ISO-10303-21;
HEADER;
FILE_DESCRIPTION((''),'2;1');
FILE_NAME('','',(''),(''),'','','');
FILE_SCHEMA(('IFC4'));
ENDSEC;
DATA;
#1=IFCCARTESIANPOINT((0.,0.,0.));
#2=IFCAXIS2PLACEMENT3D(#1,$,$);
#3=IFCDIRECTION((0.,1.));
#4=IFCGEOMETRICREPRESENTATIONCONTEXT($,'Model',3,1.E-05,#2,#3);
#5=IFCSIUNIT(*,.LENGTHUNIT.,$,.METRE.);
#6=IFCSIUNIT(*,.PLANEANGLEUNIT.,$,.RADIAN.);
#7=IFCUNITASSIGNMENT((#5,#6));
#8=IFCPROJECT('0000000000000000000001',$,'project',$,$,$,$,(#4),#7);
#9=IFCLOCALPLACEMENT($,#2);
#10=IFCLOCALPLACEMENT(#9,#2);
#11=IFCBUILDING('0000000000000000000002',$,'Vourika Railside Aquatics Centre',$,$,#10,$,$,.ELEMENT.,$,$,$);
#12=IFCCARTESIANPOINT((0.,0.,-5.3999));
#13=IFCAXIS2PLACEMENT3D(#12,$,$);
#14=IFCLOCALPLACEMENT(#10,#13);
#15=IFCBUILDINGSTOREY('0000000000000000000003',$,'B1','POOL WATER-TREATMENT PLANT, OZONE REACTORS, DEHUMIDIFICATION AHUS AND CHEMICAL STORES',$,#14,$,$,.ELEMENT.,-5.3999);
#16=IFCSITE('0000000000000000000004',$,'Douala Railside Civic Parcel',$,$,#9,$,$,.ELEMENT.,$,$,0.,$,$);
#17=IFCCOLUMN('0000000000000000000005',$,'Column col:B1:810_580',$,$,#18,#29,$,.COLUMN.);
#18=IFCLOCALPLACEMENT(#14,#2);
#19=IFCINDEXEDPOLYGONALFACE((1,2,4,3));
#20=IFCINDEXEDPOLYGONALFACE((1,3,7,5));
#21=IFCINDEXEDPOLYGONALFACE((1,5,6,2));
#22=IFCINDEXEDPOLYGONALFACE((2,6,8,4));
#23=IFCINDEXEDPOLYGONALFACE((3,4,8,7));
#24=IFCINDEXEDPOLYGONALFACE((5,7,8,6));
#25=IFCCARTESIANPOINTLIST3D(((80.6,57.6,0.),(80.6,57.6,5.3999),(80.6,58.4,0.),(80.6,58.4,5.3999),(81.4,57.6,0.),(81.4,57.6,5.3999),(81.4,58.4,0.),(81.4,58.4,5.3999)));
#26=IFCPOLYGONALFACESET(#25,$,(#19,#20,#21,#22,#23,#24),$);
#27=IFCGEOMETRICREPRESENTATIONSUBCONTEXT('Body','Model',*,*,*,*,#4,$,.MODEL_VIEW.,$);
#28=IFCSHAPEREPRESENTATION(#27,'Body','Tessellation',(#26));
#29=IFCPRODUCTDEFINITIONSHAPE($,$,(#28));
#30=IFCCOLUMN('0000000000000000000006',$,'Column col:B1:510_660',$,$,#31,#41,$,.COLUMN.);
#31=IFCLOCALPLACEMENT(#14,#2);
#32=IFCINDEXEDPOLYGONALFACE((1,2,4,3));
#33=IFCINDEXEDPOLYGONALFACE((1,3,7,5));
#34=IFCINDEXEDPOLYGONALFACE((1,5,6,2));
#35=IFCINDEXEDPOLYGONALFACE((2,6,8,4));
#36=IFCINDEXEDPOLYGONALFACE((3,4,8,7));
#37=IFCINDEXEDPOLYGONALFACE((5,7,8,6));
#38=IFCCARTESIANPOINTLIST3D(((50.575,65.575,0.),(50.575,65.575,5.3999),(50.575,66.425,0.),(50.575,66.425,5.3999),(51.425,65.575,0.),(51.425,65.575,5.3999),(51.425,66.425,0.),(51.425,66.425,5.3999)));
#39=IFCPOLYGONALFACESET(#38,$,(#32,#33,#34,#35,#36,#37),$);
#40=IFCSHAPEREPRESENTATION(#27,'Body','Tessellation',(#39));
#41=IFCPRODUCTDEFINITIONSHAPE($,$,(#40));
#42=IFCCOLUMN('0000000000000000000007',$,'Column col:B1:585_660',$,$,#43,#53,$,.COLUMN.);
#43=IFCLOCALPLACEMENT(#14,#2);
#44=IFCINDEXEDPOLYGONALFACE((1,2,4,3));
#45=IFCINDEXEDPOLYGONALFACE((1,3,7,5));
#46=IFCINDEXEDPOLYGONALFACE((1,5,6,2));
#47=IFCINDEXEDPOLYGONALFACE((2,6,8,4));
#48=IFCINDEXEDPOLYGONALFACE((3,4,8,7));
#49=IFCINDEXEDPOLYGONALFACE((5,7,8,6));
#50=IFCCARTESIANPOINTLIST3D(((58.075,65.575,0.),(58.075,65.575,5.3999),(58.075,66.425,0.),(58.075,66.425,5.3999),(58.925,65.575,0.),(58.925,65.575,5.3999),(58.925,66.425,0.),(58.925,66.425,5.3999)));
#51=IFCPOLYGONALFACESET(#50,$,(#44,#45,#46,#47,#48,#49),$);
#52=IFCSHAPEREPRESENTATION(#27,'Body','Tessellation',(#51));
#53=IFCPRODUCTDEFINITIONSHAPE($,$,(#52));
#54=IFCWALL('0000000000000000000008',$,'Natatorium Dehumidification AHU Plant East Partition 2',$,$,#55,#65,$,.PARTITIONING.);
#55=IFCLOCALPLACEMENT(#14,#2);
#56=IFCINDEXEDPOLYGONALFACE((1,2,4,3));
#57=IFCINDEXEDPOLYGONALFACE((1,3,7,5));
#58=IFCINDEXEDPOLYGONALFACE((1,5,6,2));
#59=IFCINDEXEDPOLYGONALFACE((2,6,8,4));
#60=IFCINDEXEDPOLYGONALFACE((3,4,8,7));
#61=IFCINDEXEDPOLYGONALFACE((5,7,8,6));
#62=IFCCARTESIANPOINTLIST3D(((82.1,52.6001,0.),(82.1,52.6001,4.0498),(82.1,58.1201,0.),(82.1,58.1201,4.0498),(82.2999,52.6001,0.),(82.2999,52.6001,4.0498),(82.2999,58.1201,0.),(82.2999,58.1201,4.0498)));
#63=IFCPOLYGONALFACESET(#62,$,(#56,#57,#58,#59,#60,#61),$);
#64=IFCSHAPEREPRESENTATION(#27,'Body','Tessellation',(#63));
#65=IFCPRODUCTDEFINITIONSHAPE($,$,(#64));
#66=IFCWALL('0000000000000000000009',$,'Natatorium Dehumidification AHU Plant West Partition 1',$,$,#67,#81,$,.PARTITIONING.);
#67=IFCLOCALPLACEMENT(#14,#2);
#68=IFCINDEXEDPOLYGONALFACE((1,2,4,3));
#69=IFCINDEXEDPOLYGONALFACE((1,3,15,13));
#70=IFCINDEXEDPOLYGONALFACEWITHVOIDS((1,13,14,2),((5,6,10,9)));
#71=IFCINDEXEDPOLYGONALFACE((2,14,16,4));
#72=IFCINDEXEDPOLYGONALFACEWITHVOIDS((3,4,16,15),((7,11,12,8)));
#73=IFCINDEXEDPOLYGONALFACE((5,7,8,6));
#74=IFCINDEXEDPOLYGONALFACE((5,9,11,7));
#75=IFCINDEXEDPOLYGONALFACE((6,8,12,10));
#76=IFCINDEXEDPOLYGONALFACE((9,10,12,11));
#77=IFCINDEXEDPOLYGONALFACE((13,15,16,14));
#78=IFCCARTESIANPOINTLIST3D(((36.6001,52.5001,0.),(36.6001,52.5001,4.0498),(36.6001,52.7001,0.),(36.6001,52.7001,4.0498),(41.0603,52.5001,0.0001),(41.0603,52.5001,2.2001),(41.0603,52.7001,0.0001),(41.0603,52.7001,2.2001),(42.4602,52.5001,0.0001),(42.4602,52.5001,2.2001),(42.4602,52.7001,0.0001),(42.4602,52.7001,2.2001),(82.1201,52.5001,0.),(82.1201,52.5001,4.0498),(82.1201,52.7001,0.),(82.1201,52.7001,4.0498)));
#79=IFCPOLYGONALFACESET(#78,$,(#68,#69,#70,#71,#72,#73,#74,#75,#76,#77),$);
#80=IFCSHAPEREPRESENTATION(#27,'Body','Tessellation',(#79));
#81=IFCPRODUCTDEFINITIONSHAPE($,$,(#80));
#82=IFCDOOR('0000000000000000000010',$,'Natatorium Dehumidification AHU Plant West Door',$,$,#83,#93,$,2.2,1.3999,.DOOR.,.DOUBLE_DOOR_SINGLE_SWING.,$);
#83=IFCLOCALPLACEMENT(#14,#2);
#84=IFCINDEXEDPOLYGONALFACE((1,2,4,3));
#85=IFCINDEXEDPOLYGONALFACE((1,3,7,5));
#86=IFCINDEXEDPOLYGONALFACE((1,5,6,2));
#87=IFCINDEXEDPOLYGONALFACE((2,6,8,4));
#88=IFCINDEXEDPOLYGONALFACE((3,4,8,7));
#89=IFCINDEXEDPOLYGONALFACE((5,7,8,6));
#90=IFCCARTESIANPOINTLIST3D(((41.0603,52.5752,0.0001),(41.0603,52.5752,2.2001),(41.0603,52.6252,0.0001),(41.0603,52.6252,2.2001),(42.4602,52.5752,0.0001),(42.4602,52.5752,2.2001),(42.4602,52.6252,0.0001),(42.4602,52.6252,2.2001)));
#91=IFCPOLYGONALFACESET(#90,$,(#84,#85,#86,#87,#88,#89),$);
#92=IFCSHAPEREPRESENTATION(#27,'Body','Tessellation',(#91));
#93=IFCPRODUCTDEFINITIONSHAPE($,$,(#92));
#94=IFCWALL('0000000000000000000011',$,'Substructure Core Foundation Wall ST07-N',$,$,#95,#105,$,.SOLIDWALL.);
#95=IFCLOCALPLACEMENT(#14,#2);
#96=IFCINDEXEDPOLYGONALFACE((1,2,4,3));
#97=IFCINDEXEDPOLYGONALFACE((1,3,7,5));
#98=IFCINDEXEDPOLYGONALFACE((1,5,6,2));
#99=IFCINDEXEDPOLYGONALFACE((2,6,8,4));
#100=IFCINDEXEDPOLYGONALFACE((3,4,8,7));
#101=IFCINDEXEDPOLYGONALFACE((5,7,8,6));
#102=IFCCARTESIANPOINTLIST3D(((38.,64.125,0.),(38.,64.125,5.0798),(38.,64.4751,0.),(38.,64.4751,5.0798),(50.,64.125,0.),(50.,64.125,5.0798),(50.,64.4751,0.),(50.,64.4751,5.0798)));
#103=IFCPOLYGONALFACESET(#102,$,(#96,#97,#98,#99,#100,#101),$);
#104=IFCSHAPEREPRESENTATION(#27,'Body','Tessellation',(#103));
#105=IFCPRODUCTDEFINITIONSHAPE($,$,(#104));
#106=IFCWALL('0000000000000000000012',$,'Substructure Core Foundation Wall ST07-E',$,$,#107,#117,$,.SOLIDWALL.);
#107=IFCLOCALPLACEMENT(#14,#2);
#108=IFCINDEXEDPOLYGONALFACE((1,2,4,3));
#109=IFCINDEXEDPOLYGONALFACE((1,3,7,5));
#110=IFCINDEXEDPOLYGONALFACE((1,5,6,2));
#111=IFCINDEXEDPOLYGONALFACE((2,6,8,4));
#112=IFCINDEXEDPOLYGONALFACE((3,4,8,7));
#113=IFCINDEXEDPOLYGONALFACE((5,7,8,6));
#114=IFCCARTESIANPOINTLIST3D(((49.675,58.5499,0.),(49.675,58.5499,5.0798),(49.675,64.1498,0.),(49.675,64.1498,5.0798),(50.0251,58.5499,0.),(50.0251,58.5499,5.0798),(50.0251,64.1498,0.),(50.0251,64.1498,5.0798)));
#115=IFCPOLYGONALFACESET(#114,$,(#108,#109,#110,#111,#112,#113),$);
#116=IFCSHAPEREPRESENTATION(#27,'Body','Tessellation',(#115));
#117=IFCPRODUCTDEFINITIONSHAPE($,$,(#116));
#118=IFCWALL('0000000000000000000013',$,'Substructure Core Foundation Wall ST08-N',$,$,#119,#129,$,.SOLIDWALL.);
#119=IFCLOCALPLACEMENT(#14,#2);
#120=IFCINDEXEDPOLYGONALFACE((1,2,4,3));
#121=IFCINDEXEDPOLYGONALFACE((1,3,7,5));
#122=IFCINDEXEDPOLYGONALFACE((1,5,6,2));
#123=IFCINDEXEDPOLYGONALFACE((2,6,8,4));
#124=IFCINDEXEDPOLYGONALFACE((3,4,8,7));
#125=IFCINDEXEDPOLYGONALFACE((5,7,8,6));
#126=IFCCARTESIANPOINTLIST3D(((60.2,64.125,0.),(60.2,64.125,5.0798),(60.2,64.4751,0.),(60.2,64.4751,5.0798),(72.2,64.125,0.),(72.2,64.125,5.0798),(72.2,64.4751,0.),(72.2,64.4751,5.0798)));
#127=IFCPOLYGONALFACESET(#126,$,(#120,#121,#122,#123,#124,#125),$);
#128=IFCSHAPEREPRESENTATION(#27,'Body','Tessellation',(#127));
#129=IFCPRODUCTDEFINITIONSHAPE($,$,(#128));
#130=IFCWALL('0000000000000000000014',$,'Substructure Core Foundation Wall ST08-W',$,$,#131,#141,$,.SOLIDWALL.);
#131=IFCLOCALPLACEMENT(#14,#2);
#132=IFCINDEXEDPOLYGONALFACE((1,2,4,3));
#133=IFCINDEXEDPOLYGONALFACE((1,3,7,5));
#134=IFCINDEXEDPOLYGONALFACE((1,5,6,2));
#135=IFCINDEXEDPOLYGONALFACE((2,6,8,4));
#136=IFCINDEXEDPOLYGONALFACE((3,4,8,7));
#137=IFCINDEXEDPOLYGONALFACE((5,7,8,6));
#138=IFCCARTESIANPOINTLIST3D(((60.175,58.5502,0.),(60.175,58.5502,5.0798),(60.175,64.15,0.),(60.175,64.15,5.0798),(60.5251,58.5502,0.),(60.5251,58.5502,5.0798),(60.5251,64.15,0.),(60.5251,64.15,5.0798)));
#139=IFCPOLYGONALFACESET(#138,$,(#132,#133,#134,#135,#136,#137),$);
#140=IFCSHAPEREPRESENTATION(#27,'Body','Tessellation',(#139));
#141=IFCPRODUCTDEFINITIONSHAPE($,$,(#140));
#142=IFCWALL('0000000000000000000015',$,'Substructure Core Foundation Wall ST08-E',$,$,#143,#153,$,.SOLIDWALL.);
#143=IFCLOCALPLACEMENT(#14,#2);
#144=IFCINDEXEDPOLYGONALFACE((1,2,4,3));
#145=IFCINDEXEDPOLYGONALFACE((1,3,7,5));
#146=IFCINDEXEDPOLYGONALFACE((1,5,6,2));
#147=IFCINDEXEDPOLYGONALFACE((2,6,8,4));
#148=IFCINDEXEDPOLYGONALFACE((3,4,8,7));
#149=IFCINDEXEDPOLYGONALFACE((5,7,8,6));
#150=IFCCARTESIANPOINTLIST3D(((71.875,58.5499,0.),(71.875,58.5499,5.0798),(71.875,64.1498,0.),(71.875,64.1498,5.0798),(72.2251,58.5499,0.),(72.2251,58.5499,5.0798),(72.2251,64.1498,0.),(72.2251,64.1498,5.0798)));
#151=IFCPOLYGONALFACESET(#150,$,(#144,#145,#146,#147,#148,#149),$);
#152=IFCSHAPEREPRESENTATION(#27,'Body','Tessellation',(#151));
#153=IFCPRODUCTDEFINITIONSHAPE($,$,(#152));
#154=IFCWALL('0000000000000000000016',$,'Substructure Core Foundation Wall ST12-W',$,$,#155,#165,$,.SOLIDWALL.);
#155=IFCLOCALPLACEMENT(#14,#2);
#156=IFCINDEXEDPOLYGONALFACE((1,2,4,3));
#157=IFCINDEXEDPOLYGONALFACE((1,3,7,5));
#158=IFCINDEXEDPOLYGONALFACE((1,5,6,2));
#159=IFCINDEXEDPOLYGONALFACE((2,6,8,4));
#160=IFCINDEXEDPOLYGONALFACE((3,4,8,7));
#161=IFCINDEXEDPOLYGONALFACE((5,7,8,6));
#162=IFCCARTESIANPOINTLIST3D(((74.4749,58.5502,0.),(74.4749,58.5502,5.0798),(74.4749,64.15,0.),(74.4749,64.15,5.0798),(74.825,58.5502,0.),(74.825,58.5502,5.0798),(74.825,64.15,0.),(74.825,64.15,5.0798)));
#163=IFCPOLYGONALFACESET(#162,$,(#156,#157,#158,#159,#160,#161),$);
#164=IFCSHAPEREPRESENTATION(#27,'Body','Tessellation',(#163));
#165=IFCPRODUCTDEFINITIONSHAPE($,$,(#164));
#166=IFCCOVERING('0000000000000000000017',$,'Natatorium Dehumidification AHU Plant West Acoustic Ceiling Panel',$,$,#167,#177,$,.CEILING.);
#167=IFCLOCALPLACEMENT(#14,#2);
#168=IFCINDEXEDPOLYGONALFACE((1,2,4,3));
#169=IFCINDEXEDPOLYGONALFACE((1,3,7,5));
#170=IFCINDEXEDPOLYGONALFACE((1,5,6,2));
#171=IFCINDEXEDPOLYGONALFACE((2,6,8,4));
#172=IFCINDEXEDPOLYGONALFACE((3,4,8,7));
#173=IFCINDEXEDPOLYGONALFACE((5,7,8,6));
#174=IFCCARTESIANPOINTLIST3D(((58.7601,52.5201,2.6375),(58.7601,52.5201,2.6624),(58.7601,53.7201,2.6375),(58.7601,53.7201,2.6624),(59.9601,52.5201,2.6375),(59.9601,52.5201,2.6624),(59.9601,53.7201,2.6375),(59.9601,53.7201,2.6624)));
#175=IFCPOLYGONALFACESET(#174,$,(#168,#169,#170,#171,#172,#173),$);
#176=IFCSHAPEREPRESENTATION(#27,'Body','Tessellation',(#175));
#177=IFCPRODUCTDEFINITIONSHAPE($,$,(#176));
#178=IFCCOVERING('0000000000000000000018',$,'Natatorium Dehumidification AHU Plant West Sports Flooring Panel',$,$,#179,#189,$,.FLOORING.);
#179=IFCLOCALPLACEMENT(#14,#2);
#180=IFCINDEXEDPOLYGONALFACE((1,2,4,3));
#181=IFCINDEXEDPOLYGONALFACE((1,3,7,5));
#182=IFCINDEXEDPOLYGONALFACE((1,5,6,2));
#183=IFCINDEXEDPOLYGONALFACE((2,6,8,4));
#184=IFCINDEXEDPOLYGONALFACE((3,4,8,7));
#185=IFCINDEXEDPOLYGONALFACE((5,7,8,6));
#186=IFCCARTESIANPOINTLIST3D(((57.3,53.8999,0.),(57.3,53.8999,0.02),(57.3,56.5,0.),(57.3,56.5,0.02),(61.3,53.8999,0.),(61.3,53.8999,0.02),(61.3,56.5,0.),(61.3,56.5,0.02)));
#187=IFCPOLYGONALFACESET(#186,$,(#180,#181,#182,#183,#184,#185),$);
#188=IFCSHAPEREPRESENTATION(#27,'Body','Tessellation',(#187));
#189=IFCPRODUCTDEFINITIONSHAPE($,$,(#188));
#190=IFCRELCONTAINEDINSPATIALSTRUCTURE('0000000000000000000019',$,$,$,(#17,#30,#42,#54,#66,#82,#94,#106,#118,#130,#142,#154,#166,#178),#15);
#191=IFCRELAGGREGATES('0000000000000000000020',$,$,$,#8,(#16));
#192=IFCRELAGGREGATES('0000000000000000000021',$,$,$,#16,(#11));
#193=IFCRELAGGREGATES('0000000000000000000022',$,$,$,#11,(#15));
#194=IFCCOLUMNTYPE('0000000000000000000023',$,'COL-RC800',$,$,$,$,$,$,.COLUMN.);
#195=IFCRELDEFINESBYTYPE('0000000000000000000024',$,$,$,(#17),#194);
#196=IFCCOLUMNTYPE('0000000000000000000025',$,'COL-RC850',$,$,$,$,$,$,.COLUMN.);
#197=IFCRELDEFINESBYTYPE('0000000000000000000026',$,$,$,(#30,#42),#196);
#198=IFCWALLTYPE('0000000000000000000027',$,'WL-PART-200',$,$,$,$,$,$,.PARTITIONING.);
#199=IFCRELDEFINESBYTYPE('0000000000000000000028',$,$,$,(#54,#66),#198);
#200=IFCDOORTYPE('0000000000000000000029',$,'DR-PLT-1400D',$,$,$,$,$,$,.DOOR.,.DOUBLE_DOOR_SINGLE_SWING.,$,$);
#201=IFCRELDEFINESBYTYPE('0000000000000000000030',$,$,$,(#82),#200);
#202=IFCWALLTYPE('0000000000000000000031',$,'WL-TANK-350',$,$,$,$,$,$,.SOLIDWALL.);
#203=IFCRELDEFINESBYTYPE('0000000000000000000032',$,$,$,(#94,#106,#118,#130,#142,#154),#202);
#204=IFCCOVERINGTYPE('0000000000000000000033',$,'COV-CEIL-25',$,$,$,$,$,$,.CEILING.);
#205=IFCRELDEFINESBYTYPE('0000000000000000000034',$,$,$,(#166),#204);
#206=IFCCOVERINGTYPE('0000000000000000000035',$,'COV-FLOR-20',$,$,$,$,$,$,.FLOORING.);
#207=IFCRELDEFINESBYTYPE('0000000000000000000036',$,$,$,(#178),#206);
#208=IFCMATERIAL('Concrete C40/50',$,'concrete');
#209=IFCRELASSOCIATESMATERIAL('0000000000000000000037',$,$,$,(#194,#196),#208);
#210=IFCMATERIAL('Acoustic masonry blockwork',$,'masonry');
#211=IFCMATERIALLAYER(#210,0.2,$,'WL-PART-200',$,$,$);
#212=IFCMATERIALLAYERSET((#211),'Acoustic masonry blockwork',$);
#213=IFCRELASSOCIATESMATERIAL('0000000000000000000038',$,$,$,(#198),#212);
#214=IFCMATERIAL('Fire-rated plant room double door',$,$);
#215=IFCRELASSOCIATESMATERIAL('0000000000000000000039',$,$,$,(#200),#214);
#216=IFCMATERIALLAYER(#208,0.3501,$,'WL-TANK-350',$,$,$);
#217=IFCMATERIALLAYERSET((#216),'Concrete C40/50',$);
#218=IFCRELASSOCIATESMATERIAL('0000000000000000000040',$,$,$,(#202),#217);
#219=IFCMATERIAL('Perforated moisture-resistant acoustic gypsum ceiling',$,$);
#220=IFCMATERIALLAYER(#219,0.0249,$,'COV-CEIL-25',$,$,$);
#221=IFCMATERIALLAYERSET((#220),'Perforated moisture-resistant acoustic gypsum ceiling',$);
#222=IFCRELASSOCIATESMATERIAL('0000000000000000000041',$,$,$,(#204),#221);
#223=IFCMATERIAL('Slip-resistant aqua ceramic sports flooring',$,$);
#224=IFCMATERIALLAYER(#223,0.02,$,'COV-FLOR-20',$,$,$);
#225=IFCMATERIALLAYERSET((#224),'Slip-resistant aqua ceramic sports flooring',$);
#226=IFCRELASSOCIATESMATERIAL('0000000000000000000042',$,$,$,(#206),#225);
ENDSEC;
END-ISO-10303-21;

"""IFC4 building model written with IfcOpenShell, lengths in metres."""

from ifc_helpers import new_model, si_unit, direction, frame, frame_2d, origin, origin_2d, place, context, subcontext, project, spatial, rectangle, extrude, material, layer, layer_set, material_profile, profile_set, type_object, element, fill, save


model = new_model("IFC4")

# Units and contexts
model_context = context("Model", 3, precision=1e-05, world=origin(), true_north=direction((0.0, 1.0)))
body_context = subcontext(model_context, "Body", "Model", "MODEL_VIEW")
ifc_project = project(units=[si_unit("LENGTHUNIT", "METRE"), si_unit("PLANEANGLEUNIT", "RADIAN")], contexts=[model_context])

# Site, building, storey
site_placement = place(None, origin())
site = spatial("IfcSite", under=ifc_project, at=site_placement, Name="Douala Railside Civic Parcel", CompositionType="ELEMENT", RefElevation=0.0)
building_placement = place(site_placement, origin())
building = spatial("IfcBuilding", under=site, at=building_placement, Name="Vourika Railside Aquatics Centre", CompositionType="ELEMENT")
storey_placement = place(building_placement, frame((0.0, 0.0, -5.3999)))
storey = spatial("IfcBuildingStorey", under=building, at=storey_placement, Name="B1", Description="POOL WATER-TREATMENT PLANT, OZONE REACTORS, DEHUMIDIFICATION AHUS AND CHEMICAL STORES", CompositionType="ELEMENT", Elevation=-5.3999)

# Shared definitions
ifc_material_1 = material(Name="Concrete C40/50", Category="concrete")

# Columns
ifc_material_profile_1 = material_profile(ifc_material_1, rectangle(XDim=0.8, YDim=0.8, at=origin_2d()), Name="RC 800x800")
ifc_profile_set_1 = profile_set([ifc_material_profile_1], Name="Concrete C40/50")
column_type_1 = type_object("IfcColumnType", Name="COL-RC800", PredefinedType="COLUMN", material=ifc_profile_set_1)
for number, where, z_axis, x_axis, name in (
    (1, (81.0, 58.0, 0.0), (0.0, 0.0, 1.0), (1.0, 0.0, 0.0), "Column col:B1:810_580"),
):
    element("IfcColumn", number, at=place(storey_placement, frame(where, z_axis=z_axis, x_axis=x_axis)), inside=storey, type_object=column_type_1, Name=name, PredefinedType="COLUMN", context=body_context, shape_type="SweptSolid", body=[
        extrude(rectangle(XDim=0.8, YDim=0.8, at=origin_2d()), origin(), (0.0, 0.0, 1.0), 5.3999),
    ])
ifc_material_profile_2 = material_profile(ifc_material_1, rectangle(XDim=0.8501, YDim=0.8501, at=origin_2d()), Name="RC 850x850")
ifc_profile_set_2 = profile_set([ifc_material_profile_2], Name="Concrete C40/50")
column_type_2 = type_object("IfcColumnType", Name="COL-RC850", PredefinedType="COLUMN", material=ifc_profile_set_2)
for number, where, z_axis, x_axis, name in (
    (2, (51.0, 66.0, 0.0), (0.0, 0.0, 1.0), (1.0, 0.0, 0.0), "Column col:B1:510_660"),
    (3, (58.5, 66.0, 0.0), (0.0, 0.0, 1.0), (1.0, 0.0, 0.0), "Column col:B1:585_660"),
):
    element("IfcColumn", number, at=place(storey_placement, frame(where, z_axis=z_axis, x_axis=x_axis)), inside=storey, type_object=column_type_2, Name=name, PredefinedType="COLUMN", context=body_context, shape_type="SweptSolid", body=[
        extrude(rectangle(XDim=0.8501, YDim=0.8501, at=origin_2d()), origin(), (0.0, 0.0, 1.0), 5.3999),
    ])

# Wall
ifc_material_2 = material(Name="Acoustic masonry blockwork", Category="masonry")
ifc_layer_1 = layer(ifc_material_2, 0.2, Name="WL-PART-200")
ifc_layer_set_1 = layer_set([ifc_layer_1], Name="Acoustic masonry blockwork")
wall_type_1 = type_object("IfcWallType", Name="WL-PART-200", PredefinedType="PARTITIONING", material=ifc_layer_set_1)
wall_1_placement = place(storey_placement, frame((82.2, 52.6001, 0.0), z_axis=(0.0, 0.0, 1.0), x_axis=(0.0, 1.0, 0.0)))
element("IfcWall", 4, at=wall_1_placement, inside=storey, type_object=wall_type_1, Name="Natatorium Dehumidification AHU Plant East Partition 2", PredefinedType="PARTITIONING", context=body_context, shape_type="SweptSolid", body=[
    extrude(rectangle(XDim=5.52, YDim=0.2, at=frame_2d((2.76, 0.0))), origin(), (0.0, 0.0, 1.0), 4.0498),
])

# Wall, opening, door
wall_2_placement = place(storey_placement, frame((82.1201, 52.6001, 0.0), z_axis=(0.0, 0.0, 1.0), x_axis=(-1.0, 0.0, 0.0)))
wall_2 = element("IfcWall", 5, at=wall_2_placement, inside=storey, type_object=wall_type_1, Name="Natatorium Dehumidification AHU Plant West Partition 1", PredefinedType="PARTITIONING", context=body_context, shape_type="SweptSolid", body=[
    extrude(rectangle(XDim=45.52, YDim=0.2, at=frame_2d((22.76, 0.0))), origin(), (0.0, 0.0, 1.0), 4.0498),
])
opening_placement = place(wall_2_placement, frame((39.6599, 0.0, 0.0)))
opening = element("IfcOpeningElement", 6, at=opening_placement, cuts=wall_2, PredefinedType="OPENING", context=body_context, shape_type="SweptSolid", body=[
    extrude(rectangle(XDim=1.3999, YDim=2.2, at=frame_2d((0.7, 1.1001))), frame((0.0, 0.1099, 0.0), z_axis=(0.0, -1.0, 0.0), x_axis=(1.0, 0.0, 0.0)), (0.0, 0.0, 1.0), 0.22),
])
ifc_material_3 = material(Name="Fire-rated plant room double door")
door_type = type_object("IfcDoorType", Name="DR-PLT-1400D", OperationType="DOUBLE_DOOR_SINGLE_SWING", PredefinedType="DOOR", material=ifc_material_3)
door_placement = place(opening_placement, origin())
door = element("IfcDoor", 7, at=door_placement, inside=storey, type_object=door_type, Name="Natatorium Dehumidification AHU Plant West Door", OperationType="DOUBLE_DOOR_SINGLE_SWING", OverallHeight=2.2, OverallWidth=1.3999, PredefinedType="DOOR", context=body_context, shape_type="SweptSolid", body=[
    extrude(rectangle(XDim=1.3999, YDim=2.2, at=frame_2d((0.7, 1.1001))), frame((0.0, 0.0249, 0.0), z_axis=(0.0, -1.0, 0.0), x_axis=(1.0, 0.0, 0.0)), (0.0, 0.0, 1.0), 0.05),
])
fill(opening, door)

# Walls
ifc_layer_2 = layer(ifc_material_1, 0.3501, Name="WL-TANK-350")
ifc_layer_set_2 = layer_set([ifc_layer_2], Name="Concrete C40/50")
wall_type_2 = type_object("IfcWallType", Name="WL-TANK-350", PredefinedType="SOLIDWALL", material=ifc_layer_set_2)
wall_3_placement = place(storey_placement, frame((50.0, 64.3, 0.0), z_axis=(0.0, 0.0, 1.0), x_axis=(-1.0, 0.0, 0.0)))
element("IfcWall", 8, at=wall_3_placement, inside=storey, type_object=wall_type_2, Name="Substructure Core Foundation Wall ST07-N", PredefinedType="SOLIDWALL", context=body_context, shape_type="SweptSolid", body=[
    extrude(rectangle(XDim=12.0, YDim=0.3501, at=frame_2d((6.0, 0.0))), origin(), (0.0, 0.0, 1.0), 5.0798),
])
wall_4_placement = place(storey_placement, frame((49.8501, 58.55, 0.0), z_axis=(0.0, 0.0, 1.0), x_axis=(0.0, 1.0, 0.0)))
element("IfcWall", 9, at=wall_4_placement, inside=storey, type_object=wall_type_2, Name="Substructure Core Foundation Wall ST07-E", PredefinedType="SOLIDWALL", context=body_context, shape_type="SweptSolid", body=[
    extrude(rectangle(XDim=5.5999, YDim=0.3501, at=frame_2d((2.7998, 0.0))), origin(), (0.0, 0.0, 1.0), 5.0798),
])
wall_5_placement = place(storey_placement, frame((72.2, 64.3, 0.0), z_axis=(0.0, 0.0, 1.0), x_axis=(-1.0, 0.0, 0.0)))
element("IfcWall", 10, at=wall_5_placement, inside=storey, type_object=wall_type_2, Name="Substructure Core Foundation Wall ST08-N", PredefinedType="SOLIDWALL", context=body_context, shape_type="SweptSolid", body=[
    extrude(rectangle(XDim=12.0, YDim=0.3501, at=frame_2d((6.0, 0.0))), origin(), (0.0, 0.0, 1.0), 5.0798),
])
for number, where, z_axis, x_axis, name in (
    (11, (60.3501, 64.1499, 0.0), (0.0, 0.0, 1.0), (0.0, -1.0, 0.0), "Substructure Core Foundation Wall ST08-W"),
    (12, (72.05, 58.55, 0.0), (0.0, 0.0, 1.0), (0.0, 1.0, 0.0), "Substructure Core Foundation Wall ST08-E"),
    (13, (74.6499, 64.1499, 0.0), (0.0, 0.0, 1.0), (0.0, -1.0, 0.0), "Substructure Core Foundation Wall ST12-W"),
):
    element("IfcWall", number, at=place(storey_placement, frame(where, z_axis=z_axis, x_axis=x_axis)), inside=storey, type_object=wall_type_2, Name=name, PredefinedType="SOLIDWALL", context=body_context, shape_type="SweptSolid", body=[
        extrude(rectangle(XDim=5.5999, YDim=0.3501, at=frame_2d((2.7998, 0.0))), origin(), (0.0, 0.0, 1.0), 5.0798),
    ])

# Coverings
ifc_material_4 = material(Name="Perforated moisture-resistant acoustic gypsum ceiling")
ifc_layer_3 = layer(ifc_material_4, 0.0249, Name="COV-CEIL-25")
ifc_layer_set_3 = layer_set([ifc_layer_3], Name="Perforated moisture-resistant acoustic gypsum ceiling")
covering_type_1 = type_object("IfcCoveringType", Name="COV-CEIL-25", PredefinedType="CEILING", material=ifc_layer_set_3)
covering_1_placement = place(storey_placement, frame((59.3601, 53.1201, 2.6375), z_axis=(0.0, 0.0, 1.0), x_axis=(1.0, 0.0, 0.0)))
element("IfcCovering", 14, at=covering_1_placement, inside=storey, type_object=covering_type_1, Name="Natatorium Dehumidification AHU Plant West Acoustic Ceiling Panel", PredefinedType="CEILING", context=body_context, shape_type="SweptSolid", body=[
    extrude(rectangle(XDim=1.2, YDim=1.2, at=origin_2d()), origin(), (0.0, 0.0, 1.0), 0.0249),
])
ifc_material_5 = material(Name="Slip-resistant aqua ceramic sports flooring")
ifc_layer_4 = layer(ifc_material_5, 0.02, Name="COV-FLOR-20")
ifc_layer_set_4 = layer_set([ifc_layer_4], Name="Slip-resistant aqua ceramic sports flooring")
covering_type_2 = type_object("IfcCoveringType", Name="COV-FLOR-20", PredefinedType="FLOORING", material=ifc_layer_set_4)
covering_2_placement = place(storey_placement, frame((59.3, 55.2, 0.0), z_axis=(0.0, 0.0, 1.0), x_axis=(1.0, 0.0, 0.0)))
element("IfcCovering", 15, at=covering_2_placement, inside=storey, type_object=covering_type_2, Name="Natatorium Dehumidification AHU Plant West Sports Flooring Panel", PredefinedType="FLOORING", context=body_context, shape_type="SweptSolid", body=[
    extrude(rectangle(XDim=4.0, YDim=2.6001, at=origin_2d()), origin(), (0.0, 0.0, 1.0), 0.02),
])

save(model, "model.ifc")
